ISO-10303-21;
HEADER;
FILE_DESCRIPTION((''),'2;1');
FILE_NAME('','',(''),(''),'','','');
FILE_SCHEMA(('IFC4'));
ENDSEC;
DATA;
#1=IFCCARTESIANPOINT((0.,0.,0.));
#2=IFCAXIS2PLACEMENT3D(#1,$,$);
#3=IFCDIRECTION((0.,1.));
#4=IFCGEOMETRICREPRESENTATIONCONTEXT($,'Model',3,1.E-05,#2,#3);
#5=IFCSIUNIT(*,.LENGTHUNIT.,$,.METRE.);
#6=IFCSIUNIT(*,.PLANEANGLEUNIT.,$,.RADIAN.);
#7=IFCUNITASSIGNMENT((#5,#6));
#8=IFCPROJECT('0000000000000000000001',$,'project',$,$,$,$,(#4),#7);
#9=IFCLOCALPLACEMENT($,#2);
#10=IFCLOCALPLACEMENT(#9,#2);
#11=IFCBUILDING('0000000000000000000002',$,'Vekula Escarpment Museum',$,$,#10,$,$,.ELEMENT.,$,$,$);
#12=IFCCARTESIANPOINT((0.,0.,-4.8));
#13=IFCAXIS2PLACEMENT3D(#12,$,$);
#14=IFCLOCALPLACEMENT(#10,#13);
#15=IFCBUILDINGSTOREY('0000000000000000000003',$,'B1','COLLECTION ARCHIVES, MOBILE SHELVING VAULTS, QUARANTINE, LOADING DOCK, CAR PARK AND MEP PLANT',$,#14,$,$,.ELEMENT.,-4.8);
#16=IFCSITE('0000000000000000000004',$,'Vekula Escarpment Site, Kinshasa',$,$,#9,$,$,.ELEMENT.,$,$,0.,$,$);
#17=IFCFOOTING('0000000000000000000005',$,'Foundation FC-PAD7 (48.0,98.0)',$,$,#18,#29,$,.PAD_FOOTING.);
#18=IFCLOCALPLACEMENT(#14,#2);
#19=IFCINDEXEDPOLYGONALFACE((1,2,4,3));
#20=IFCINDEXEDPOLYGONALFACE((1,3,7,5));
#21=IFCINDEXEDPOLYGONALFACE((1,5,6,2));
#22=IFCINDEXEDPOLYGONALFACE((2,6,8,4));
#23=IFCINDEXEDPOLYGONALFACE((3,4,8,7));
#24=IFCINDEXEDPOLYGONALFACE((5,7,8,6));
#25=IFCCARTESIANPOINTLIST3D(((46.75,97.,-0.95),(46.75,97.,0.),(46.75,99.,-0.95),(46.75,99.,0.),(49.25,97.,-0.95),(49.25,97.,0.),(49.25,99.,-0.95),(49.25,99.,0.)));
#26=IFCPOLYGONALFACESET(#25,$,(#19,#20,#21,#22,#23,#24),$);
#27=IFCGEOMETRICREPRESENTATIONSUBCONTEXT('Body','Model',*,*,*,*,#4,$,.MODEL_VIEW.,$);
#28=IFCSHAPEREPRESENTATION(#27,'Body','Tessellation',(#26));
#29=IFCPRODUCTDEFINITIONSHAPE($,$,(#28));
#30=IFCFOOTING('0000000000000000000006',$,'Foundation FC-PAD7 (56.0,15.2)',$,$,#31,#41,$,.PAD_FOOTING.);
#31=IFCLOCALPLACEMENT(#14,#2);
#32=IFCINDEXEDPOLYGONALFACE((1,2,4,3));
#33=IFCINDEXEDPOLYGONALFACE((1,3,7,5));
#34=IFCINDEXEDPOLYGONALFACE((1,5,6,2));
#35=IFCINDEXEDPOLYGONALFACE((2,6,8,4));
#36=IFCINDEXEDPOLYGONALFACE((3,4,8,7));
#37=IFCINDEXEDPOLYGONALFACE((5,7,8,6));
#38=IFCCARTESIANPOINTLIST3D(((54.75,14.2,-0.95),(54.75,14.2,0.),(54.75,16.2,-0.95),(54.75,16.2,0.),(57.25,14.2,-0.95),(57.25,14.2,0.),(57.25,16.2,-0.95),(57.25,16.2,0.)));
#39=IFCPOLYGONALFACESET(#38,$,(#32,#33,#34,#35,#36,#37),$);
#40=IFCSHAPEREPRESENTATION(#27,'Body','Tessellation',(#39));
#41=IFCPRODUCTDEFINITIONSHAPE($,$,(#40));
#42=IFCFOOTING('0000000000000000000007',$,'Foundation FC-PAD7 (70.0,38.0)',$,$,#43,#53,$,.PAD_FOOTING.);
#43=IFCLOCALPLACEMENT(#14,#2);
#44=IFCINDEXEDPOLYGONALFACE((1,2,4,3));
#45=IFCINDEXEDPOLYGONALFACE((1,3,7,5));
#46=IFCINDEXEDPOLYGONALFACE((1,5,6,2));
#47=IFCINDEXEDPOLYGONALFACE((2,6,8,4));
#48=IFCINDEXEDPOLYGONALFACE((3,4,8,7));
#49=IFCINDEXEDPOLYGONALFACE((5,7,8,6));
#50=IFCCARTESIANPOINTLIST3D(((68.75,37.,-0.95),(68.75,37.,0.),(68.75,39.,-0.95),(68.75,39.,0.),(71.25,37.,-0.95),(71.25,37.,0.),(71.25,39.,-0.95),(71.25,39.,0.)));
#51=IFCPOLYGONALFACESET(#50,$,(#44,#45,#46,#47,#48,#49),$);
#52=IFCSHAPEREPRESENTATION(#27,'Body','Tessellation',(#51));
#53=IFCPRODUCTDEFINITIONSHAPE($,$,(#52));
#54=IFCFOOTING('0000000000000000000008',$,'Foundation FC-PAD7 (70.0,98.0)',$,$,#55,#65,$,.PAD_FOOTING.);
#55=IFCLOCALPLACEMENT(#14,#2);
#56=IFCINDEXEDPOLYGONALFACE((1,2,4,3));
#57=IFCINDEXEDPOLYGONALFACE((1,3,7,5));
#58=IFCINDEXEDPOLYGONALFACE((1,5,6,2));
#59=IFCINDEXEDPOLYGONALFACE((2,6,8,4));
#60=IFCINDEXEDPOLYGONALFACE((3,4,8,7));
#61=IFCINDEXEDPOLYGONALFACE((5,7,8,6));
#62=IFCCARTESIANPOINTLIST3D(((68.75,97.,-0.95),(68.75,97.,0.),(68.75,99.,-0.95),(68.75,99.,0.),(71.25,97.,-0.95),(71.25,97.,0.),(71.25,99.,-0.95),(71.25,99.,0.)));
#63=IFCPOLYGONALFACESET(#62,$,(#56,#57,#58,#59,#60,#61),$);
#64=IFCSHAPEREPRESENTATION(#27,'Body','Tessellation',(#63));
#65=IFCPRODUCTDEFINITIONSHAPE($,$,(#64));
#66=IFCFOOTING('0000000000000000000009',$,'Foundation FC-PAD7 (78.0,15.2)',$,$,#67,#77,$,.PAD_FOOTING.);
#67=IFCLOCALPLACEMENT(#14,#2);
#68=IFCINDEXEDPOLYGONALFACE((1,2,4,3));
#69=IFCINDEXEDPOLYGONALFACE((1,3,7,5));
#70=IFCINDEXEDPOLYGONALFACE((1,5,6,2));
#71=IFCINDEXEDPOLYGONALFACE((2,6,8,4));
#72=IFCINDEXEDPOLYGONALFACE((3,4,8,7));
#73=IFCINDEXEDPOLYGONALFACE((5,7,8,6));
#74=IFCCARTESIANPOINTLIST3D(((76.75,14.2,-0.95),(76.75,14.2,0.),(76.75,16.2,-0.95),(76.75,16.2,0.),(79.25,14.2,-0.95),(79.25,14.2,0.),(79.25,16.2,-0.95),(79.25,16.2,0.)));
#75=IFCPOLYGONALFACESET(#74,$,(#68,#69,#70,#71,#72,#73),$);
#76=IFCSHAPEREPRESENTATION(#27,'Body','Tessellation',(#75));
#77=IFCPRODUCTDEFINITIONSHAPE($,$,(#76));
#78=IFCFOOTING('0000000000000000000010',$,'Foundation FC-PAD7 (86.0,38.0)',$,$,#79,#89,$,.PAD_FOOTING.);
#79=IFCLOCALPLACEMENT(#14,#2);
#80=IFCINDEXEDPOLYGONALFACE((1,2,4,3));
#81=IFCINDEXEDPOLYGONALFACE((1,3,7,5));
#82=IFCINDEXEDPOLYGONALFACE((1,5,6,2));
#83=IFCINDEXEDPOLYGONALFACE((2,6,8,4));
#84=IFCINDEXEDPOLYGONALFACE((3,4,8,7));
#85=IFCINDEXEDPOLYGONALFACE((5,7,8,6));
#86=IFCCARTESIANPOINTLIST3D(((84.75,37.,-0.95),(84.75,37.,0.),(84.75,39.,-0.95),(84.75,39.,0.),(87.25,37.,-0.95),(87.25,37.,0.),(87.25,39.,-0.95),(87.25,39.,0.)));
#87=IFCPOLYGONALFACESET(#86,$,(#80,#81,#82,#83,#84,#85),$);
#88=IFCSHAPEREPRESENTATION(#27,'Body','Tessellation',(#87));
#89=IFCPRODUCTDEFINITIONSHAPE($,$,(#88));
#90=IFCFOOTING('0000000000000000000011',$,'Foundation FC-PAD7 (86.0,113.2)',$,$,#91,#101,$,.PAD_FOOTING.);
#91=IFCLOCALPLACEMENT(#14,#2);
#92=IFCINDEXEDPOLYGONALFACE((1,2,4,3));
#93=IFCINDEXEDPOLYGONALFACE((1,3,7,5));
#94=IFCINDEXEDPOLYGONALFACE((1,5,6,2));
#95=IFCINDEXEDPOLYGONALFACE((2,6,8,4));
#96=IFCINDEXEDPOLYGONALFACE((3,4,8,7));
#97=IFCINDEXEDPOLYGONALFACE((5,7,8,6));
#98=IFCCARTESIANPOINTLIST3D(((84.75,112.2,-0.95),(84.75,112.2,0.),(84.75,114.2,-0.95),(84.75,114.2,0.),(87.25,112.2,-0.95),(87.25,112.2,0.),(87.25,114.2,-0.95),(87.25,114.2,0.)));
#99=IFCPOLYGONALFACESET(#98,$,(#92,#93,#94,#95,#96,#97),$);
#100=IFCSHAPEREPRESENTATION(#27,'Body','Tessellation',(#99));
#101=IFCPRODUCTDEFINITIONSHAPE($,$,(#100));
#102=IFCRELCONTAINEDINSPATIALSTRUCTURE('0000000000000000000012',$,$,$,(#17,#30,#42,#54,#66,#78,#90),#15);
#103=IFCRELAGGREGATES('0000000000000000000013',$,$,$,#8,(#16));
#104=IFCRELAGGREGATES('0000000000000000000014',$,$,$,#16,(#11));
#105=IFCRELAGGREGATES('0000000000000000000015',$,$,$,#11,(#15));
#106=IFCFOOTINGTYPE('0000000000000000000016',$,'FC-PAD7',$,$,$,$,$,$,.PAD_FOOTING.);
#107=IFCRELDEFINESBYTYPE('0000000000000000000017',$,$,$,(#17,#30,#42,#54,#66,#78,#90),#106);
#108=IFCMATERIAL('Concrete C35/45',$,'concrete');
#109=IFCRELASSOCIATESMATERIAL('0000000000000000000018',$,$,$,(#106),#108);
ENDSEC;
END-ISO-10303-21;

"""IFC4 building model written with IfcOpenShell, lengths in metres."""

from ifc_helpers import new_model, si_unit, direction, frame, origin, place, context, subcontext, project, spatial, polyline, outline, extrude, material, type_object, element, save


model = new_model("IFC4")

# Units and contexts
model_context = context("Model", 3, precision=1e-05, world=origin(), true_north=direction((0.0, 1.0)))
body_context = subcontext(model_context, "Body", "Model", "MODEL_VIEW")
ifc_project = project(units=[si_unit("LENGTHUNIT", "METRE"), si_unit("PLANEANGLEUNIT", "RADIAN")], contexts=[model_context])

# Site, building, storey
site_placement = place(None, origin())
site = spatial("IfcSite", under=ifc_project, at=site_placement, Name="Vekula Escarpment Site, Kinshasa", CompositionType="ELEMENT", RefElevation=0.0)
building_placement = place(site_placement, origin())
building = spatial("IfcBuilding", under=site, at=building_placement, Name="Vekula Escarpment Museum", CompositionType="ELEMENT")
storey_placement = place(building_placement, frame((0.0, 0.0, -4.8)))
storey = spatial("IfcBuildingStorey", under=building, at=storey_placement, Name="B1", Description="COLLECTION ARCHIVES, MOBILE SHELVING VAULTS, QUARANTINE, LOADING DOCK, CAR PARK AND MEP PLANT", CompositionType="ELEMENT", Elevation=-4.8)

# Footings
ifc_material_1 = material(Name="Concrete C35/45", Category="concrete")
footing_type_1 = type_object("IfcFootingType", Name="FC-PAD7", PredefinedType="PAD_FOOTING", material=ifc_material_1)
footing_1_placement = place(storey_placement, frame((0.0, 0.0, -0.95)))
element("IfcFooting", 1, at=footing_1_placement, inside=storey, type_object=footing_type_1, Name="Foundation FC-PAD7 (48.0,98.0)", PredefinedType="PAD_FOOTING", context=body_context, shape_type="SweptSolid", body=[
    extrude(outline(polyline([(46.75, 97.0), (49.25, 97.0), (49.25, 99.0), (46.75, 99.0), (46.75, 97.0)])), origin(), (0.0, 0.0, 1.0), 0.95),
])
footing_2_placement = place(storey_placement, frame((0.0, 0.0, -0.95)))
element("IfcFooting", 2, at=footing_2_placement, inside=storey, type_object=footing_type_1, Name="Foundation FC-PAD7 (56.0,15.2)", PredefinedType="PAD_FOOTING", context=body_context, shape_type="SweptSolid", body=[
    extrude(outline(polyline([(54.75, 14.2), (57.25, 14.2), (57.25, 16.2), (54.75, 16.2), (54.75, 14.2)])), origin(), (0.0, 0.0, 1.0), 0.95),
])
footing_3_placement = place(storey_placement, frame((0.0, 0.0, -0.95)))
element("IfcFooting", 3, at=footing_3_placement, inside=storey, type_object=footing_type_1, Name="Foundation FC-PAD7 (70.0,38.0)", PredefinedType="PAD_FOOTING", context=body_context, shape_type="SweptSolid", body=[
    extrude(outline(polyline([(68.75, 37.0), (71.25, 37.0), (71.25, 39.0), (68.75, 39.0), (68.75, 37.0)])), origin(), (0.0, 0.0, 1.0), 0.95),
])
footing_4_placement = place(storey_placement, frame((0.0, 0.0, -0.95)))
element("IfcFooting", 4, at=footing_4_placement, inside=storey, type_object=footing_type_1, Name="Foundation FC-PAD7 (70.0,98.0)", PredefinedType="PAD_FOOTING", context=body_context, shape_type="SweptSolid", body=[
    extrude(outline(polyline([(68.75, 97.0), (71.25, 97.0), (71.25, 99.0), (68.75, 99.0), (68.75, 97.0)])), origin(), (0.0, 0.0, 1.0), 0.95),
])
footing_5_placement = place(storey_placement, frame((0.0, 0.0, -0.95)))
element("IfcFooting", 5, at=footing_5_placement, inside=storey, type_object=footing_type_1, Name="Foundation FC-PAD7 (78.0,15.2)", PredefinedType="PAD_FOOTING", context=body_context, shape_type="SweptSolid", body=[
    extrude(outline(polyline([(76.75, 14.2), (79.25, 14.2), (79.25, 16.2), (76.75, 16.2), (76.75, 14.2)])), origin(), (0.0, 0.0, 1.0), 0.95),
])
footing_6_placement = place(storey_placement, frame((0.0, 0.0, -0.95)))
element("IfcFooting", 6, at=footing_6_placement, inside=storey, type_object=footing_type_1, Name="Foundation FC-PAD7 (86.0,38.0)", PredefinedType="PAD_FOOTING", context=body_context, shape_type="SweptSolid", body=[
    extrude(outline(polyline([(84.75, 37.0), (87.25, 37.0), (87.25, 39.0), (84.75, 39.0), (84.75, 37.0)])), origin(), (0.0, 0.0, 1.0), 0.95),
])
footing_7_placement = place(storey_placement, frame((0.0, 0.0, -0.95)))
element("IfcFooting", 7, at=footing_7_placement, inside=storey, type_object=footing_type_1, Name="Foundation FC-PAD7 (86.0,113.2)", PredefinedType="PAD_FOOTING", context=body_context, shape_type="SweptSolid", body=[
    extrude(outline(polyline([(84.75, 112.2), (87.25, 112.2), (87.25, 114.2), (84.75, 114.2), (84.75, 112.2)])), origin(), (0.0, 0.0, 1.0), 0.95),
])

save(model, "model.ifc")
